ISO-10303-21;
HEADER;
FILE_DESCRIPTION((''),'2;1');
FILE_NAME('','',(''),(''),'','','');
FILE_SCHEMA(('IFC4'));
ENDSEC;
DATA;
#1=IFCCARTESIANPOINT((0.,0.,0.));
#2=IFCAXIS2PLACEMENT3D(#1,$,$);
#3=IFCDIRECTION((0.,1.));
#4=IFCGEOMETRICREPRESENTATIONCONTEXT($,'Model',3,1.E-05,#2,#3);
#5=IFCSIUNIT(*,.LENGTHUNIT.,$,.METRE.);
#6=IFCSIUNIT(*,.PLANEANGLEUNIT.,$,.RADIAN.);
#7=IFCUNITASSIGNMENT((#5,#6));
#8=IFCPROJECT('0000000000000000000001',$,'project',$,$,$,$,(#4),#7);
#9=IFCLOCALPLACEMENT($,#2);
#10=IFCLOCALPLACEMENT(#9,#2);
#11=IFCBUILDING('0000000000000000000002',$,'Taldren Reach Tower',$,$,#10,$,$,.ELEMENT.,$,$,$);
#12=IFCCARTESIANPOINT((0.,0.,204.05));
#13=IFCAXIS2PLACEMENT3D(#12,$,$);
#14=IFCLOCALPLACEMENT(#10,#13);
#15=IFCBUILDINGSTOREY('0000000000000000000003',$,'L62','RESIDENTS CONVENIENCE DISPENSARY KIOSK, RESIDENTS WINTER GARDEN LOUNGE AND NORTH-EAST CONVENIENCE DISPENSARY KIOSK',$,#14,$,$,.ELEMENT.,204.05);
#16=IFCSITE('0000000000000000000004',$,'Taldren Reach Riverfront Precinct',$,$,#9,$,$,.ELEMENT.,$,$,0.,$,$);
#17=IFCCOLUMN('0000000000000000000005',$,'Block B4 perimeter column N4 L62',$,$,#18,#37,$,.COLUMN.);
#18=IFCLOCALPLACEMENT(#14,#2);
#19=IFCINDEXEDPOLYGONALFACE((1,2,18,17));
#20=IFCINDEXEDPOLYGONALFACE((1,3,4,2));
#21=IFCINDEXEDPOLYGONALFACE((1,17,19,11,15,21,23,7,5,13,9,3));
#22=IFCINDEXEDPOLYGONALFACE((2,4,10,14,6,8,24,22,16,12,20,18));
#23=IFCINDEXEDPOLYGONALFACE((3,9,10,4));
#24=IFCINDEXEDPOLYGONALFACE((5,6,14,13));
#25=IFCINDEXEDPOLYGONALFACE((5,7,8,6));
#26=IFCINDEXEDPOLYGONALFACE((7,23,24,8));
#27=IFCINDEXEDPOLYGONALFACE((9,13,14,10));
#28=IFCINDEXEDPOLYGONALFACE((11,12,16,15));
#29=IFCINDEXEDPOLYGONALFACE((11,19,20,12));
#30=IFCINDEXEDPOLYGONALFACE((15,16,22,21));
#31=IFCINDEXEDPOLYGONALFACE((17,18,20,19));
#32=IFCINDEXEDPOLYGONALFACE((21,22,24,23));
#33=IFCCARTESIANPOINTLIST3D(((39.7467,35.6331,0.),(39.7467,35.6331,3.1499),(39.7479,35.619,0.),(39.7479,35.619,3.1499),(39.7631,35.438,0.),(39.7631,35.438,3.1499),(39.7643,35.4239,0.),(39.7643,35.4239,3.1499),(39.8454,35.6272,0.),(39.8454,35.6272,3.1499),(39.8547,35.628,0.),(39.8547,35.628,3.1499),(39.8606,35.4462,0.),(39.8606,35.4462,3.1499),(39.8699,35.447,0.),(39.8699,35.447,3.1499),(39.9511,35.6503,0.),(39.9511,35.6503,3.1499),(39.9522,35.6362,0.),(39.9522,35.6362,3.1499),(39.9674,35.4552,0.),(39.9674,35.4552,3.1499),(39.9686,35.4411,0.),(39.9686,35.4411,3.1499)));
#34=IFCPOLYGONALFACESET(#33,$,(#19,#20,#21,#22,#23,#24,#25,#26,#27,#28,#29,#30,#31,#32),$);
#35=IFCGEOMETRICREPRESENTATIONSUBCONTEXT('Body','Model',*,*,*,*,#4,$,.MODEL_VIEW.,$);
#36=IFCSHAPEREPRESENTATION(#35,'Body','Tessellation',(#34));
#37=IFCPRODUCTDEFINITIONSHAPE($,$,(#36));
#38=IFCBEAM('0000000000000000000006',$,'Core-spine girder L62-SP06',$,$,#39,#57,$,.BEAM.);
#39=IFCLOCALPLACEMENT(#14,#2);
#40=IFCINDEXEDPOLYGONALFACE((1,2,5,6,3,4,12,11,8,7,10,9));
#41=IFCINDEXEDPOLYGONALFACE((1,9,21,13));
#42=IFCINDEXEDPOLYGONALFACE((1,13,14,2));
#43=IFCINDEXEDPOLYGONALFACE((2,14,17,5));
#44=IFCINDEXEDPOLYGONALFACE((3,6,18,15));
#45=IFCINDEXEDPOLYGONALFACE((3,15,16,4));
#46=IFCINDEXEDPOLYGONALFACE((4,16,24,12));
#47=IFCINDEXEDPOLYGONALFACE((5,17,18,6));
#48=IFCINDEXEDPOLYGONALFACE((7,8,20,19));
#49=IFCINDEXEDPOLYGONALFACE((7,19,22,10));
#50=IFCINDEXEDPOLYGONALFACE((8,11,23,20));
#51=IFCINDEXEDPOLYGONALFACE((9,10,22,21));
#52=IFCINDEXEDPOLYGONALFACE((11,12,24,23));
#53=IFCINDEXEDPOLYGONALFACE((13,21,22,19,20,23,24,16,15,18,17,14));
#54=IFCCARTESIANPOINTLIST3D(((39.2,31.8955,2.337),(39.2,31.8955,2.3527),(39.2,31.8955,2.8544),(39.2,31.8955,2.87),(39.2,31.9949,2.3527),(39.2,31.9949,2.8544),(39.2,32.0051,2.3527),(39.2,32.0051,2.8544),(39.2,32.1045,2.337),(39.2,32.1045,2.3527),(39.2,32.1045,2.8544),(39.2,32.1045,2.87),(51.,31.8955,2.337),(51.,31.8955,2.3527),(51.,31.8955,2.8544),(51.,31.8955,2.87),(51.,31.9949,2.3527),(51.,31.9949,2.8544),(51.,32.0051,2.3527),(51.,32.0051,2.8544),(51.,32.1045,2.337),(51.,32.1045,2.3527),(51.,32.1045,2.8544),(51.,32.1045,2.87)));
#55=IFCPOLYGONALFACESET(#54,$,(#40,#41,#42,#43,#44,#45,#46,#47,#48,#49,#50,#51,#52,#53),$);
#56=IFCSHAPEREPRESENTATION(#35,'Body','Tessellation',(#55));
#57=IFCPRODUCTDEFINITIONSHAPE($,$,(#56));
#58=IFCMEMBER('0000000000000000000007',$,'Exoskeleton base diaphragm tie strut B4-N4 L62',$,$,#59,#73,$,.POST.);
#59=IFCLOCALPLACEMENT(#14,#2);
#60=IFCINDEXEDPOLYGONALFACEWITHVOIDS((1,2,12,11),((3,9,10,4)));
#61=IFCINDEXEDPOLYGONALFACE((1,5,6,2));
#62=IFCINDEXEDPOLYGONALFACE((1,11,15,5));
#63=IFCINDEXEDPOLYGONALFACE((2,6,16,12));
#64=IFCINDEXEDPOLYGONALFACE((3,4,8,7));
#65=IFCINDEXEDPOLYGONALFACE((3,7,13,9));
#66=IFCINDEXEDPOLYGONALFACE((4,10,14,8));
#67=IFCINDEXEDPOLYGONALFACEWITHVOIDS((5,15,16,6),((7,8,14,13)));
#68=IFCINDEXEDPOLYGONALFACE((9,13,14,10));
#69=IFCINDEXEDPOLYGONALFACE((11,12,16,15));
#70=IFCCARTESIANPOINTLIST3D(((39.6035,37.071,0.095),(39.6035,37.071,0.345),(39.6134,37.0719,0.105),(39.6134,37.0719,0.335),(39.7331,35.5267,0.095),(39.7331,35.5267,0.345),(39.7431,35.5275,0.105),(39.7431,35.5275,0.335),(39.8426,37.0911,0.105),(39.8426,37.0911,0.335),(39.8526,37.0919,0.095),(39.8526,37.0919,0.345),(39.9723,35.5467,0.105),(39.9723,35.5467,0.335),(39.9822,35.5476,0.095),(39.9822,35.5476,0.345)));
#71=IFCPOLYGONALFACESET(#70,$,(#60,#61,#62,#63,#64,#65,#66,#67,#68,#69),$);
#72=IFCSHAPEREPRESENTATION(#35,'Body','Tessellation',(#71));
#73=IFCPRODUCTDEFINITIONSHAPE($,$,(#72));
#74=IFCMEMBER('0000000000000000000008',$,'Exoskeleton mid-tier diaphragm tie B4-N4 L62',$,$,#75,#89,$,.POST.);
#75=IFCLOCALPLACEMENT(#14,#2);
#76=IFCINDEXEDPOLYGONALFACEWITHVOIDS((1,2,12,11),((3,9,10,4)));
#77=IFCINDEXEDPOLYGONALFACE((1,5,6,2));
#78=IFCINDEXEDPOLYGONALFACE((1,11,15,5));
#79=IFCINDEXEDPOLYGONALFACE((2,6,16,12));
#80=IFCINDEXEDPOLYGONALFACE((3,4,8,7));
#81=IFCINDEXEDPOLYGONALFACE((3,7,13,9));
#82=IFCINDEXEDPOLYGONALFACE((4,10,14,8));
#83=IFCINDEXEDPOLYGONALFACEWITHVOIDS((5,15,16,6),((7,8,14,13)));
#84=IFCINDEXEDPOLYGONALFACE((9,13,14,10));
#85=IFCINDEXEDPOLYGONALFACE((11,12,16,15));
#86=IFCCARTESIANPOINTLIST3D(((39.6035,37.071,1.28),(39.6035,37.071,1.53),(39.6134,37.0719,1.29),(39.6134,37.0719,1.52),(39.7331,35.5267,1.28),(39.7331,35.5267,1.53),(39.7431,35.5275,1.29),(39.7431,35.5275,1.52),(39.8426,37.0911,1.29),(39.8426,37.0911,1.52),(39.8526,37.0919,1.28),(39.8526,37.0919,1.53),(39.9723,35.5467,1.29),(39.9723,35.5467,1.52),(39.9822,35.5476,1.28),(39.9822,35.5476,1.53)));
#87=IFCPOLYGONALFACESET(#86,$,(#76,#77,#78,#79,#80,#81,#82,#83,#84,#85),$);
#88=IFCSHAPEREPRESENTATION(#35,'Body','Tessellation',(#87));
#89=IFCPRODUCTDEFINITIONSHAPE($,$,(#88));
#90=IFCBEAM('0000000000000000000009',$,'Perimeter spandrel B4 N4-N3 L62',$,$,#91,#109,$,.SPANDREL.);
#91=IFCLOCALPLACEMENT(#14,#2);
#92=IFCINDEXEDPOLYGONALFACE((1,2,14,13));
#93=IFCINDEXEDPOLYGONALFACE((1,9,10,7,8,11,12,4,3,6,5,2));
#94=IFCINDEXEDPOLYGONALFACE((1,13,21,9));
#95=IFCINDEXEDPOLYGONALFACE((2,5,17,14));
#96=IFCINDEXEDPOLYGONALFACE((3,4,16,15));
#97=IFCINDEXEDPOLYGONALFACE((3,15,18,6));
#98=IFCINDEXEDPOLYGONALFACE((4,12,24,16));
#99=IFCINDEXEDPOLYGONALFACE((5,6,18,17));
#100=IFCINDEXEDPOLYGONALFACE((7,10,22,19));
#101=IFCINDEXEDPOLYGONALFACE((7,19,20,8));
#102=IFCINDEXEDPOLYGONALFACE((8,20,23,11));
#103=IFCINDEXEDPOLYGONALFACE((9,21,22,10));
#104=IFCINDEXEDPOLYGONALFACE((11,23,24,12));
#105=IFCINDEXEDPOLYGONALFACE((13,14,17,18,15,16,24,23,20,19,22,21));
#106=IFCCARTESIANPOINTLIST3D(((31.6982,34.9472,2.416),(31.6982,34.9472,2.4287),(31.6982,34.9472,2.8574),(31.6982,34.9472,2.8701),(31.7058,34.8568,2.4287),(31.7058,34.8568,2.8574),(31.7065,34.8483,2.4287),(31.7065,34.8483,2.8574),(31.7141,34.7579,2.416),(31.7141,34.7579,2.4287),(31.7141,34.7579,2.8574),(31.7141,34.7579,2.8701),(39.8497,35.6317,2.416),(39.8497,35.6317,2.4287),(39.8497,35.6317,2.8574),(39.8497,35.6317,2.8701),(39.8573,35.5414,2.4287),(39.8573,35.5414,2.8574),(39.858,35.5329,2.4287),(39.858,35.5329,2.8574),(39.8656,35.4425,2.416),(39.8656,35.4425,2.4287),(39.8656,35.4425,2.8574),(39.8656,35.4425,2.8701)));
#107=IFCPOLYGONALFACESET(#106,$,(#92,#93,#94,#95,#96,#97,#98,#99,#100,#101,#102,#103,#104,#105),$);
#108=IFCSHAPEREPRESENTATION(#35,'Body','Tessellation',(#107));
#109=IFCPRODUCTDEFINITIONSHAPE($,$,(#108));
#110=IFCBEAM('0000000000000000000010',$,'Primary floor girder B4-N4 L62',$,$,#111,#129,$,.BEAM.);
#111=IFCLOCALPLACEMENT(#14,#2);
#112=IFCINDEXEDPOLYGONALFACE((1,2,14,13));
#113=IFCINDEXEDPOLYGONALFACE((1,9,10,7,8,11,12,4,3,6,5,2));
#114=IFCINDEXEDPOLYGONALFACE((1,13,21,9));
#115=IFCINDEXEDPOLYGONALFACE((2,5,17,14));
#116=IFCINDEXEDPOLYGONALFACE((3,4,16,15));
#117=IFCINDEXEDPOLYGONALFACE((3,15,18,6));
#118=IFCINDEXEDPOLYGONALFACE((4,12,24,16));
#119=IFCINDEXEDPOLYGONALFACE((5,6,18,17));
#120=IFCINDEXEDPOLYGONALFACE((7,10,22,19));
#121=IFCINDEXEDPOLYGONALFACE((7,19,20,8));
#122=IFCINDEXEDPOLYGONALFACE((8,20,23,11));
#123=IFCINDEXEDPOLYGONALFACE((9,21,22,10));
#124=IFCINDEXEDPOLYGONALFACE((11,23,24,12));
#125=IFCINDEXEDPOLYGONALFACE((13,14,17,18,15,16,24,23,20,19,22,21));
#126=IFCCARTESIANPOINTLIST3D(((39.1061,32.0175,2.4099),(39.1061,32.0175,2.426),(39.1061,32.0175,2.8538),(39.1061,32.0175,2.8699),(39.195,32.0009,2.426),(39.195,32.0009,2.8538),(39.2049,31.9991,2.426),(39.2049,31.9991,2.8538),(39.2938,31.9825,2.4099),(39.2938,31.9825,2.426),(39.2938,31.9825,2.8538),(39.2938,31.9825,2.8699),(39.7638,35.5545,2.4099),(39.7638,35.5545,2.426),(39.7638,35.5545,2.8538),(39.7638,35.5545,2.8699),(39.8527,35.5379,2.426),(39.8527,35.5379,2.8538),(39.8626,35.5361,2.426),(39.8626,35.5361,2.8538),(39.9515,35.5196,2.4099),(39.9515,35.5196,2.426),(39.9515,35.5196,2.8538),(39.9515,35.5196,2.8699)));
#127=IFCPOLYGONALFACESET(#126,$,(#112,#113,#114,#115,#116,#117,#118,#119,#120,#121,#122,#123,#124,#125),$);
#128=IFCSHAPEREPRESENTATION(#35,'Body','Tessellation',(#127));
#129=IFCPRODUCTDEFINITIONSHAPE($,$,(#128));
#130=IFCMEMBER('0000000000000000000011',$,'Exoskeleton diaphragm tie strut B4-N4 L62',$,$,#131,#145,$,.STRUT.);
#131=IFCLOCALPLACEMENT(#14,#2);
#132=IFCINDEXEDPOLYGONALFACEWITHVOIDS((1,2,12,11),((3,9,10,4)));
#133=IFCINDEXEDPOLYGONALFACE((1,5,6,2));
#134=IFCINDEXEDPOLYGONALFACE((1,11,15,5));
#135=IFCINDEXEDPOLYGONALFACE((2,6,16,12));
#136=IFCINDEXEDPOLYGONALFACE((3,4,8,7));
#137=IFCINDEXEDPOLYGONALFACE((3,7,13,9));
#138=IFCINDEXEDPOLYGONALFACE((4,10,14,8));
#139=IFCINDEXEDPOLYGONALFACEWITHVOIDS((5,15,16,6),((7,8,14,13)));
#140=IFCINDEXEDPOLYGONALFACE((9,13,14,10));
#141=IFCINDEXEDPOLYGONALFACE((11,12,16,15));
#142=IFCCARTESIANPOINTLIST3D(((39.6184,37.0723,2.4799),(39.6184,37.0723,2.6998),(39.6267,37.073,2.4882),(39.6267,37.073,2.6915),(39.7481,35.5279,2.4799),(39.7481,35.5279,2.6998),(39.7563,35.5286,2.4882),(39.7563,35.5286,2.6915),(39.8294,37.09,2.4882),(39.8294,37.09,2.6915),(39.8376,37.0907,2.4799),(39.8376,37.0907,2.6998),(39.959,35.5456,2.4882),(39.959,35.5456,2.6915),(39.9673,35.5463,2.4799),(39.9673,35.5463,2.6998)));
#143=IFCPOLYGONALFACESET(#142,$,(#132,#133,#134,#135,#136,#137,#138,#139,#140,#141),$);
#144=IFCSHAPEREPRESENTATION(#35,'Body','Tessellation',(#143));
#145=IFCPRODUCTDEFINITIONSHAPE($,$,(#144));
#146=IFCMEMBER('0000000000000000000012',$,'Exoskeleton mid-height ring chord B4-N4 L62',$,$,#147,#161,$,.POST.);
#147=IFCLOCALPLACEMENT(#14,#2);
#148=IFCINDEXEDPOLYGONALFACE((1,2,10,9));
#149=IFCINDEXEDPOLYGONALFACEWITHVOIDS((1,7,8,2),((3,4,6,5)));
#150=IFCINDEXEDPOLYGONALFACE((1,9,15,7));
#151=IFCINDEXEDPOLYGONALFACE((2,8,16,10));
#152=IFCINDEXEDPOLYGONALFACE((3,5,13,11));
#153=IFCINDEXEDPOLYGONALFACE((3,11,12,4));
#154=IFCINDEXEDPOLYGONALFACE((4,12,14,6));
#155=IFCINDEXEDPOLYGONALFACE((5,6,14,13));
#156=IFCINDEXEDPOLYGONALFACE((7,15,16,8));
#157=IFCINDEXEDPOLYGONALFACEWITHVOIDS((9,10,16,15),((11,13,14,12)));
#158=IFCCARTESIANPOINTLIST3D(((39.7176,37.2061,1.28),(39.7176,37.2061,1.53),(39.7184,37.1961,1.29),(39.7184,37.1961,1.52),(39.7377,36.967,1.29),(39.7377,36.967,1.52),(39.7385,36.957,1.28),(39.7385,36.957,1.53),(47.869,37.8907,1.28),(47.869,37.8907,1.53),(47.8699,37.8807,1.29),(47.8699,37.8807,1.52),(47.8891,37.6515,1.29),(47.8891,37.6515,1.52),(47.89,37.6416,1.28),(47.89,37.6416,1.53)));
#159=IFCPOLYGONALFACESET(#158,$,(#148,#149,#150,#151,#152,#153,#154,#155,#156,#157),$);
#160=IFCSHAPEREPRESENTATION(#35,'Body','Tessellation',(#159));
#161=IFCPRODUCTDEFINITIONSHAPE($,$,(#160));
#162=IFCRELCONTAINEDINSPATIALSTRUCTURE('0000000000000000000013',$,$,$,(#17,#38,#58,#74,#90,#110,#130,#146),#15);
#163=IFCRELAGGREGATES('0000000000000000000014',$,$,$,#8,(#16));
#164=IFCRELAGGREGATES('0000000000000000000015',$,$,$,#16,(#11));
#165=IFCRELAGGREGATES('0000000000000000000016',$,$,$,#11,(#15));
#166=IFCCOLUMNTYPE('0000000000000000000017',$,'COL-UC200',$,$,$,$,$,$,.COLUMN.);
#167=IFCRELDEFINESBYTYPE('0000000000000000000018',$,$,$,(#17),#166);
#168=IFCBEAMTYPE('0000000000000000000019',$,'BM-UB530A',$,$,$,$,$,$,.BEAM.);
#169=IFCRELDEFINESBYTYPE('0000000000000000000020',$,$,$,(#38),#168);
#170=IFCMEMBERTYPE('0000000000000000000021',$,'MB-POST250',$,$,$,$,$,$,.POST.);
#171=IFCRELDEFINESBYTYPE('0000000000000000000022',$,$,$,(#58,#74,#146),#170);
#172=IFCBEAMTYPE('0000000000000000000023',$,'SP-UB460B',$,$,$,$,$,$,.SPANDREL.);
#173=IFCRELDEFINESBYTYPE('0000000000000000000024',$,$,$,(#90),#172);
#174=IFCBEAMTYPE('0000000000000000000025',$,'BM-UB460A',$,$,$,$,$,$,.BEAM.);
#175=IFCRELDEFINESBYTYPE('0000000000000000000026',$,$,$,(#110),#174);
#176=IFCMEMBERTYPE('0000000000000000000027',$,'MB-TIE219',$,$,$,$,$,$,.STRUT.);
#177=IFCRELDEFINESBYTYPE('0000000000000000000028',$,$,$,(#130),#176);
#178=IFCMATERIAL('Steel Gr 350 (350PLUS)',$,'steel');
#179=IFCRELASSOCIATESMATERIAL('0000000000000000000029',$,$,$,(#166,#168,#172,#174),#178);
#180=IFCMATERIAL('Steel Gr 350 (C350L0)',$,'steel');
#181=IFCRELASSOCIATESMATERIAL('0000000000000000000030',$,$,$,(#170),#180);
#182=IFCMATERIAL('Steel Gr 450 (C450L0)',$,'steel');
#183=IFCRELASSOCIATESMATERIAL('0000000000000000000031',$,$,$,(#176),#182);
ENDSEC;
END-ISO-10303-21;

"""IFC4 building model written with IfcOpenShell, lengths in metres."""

from ifc_helpers import new_model, si_unit, direction, frame, origin, origin_2d, place, context, subcontext, project, spatial, hollow_rectangle, i_section, extrude, source, transform, mapped, material, material_profile, profile_set, type_object, element, save


model = new_model("IFC4")

# Units and contexts
model_context = context("Model", 3, precision=1e-05, world=origin(), true_north=direction((0.0, 1.0)))
body_context = subcontext(model_context, "Body", "Model", "MODEL_VIEW")
ifc_project = project(units=[si_unit("LENGTHUNIT", "METRE"), si_unit("PLANEANGLEUNIT", "RADIAN")], contexts=[model_context])

# Site, building, storey
site_placement = place(None, origin())
site = spatial("IfcSite", under=ifc_project, at=site_placement, Name="Taldren Reach Riverfront Precinct", CompositionType="ELEMENT", RefElevation=0.0)
building_placement = place(site_placement, origin())
building = spatial("IfcBuilding", under=site, at=building_placement, Name="Taldren Reach Tower", CompositionType="ELEMENT")
storey_placement = place(building_placement, frame((0.0, 0.0, 204.05)))
storey = spatial("IfcBuildingStorey", under=building, at=storey_placement, Name="L62", Description="RESIDENTS CONVENIENCE DISPENSARY KIOSK, RESIDENTS WINTER GARDEN LOUNGE AND NORTH-EAST CONVENIENCE DISPENSARY KIOSK", CompositionType="ELEMENT", Elevation=204.05)

# Column
ifc_material_1 = material(Name="Steel Gr 350 (350PLUS)", Category="steel")
ifc_material_profile_1 = material_profile(ifc_material_1, i_section(OverallWidth=0.2051, OverallDepth=0.21, WebThickness=0.0093, FlangeThickness=0.0142, at=origin_2d()), Name="200UC59.5")
ifc_profile_set_1 = profile_set([ifc_material_profile_1], Name="Steel Gr 350 (350PLUS)")
column_type = type_object("IfcColumnType", Name="COL-UC200", PredefinedType="COLUMN", material=ifc_profile_set_1)
shared_shape_1 = source(origin(), body_context, "Body", "SweptSolid", [
    extrude(i_section(OverallWidth=0.2051, OverallDepth=0.21, WebThickness=0.0093, FlangeThickness=0.0142, at=origin_2d()), origin(), (0.0, 0.0, 1.0), 3.1499),
])
column_placement = place(storey_placement, frame((39.8577, 35.5371, 0.0), z_axis=(0.0, 0.0, 1.0), x_axis=(0.996493, 0.083678, 0.0)))
element("IfcColumn", 1, at=column_placement, inside=storey, type_object=column_type, Name="Block B4 perimeter column N4 L62", PredefinedType="COLUMN", context=body_context, shape_type="MappedRepresentation", body=[
    mapped(shared_shape_1, transform((0.0, 0.0, 0.0), scale=1.0)),
])

# Beam
ifc_material_profile_2 = material_profile(ifc_material_1, i_section(OverallWidth=0.209, OverallDepth=0.533, WebThickness=0.0103, FlangeThickness=0.0156, at=origin_2d()), Name="530UB92.4")
ifc_profile_set_2 = profile_set([ifc_material_profile_2], Name="Steel Gr 350 (350PLUS)")
beam_type_1 = type_object("IfcBeamType", Name="BM-UB530A", PredefinedType="BEAM", material=ifc_profile_set_2)
shared_shape_2 = source(origin(), body_context, "Body", "SweptSolid", [
    extrude(i_section(OverallWidth=0.209, OverallDepth=0.533, WebThickness=0.0103, FlangeThickness=0.0156, at=origin_2d()), origin(), (0.0, 0.0, 1.0), 11.8),
])
beam_1_placement = place(storey_placement, frame((39.2, 32.0, 2.6035), z_axis=(1.0, 0.0, 0.0), x_axis=(0.0, 1.0, 0.0)))
element("IfcBeam", 2, at=beam_1_placement, inside=storey, type_object=beam_type_1, Name="Core-spine girder L62-SP06", PredefinedType="BEAM", context=body_context, shape_type="MappedRepresentation", body=[
    mapped(shared_shape_2, transform((0.0, 0.0, 0.0), scale=1.0)),
])

# Members
ifc_material_2 = material(Name="Steel Gr 350 (C350L0)", Category="steel")
ifc_material_profile_3 = material_profile(ifc_material_2, hollow_rectangle(XDim=0.25, YDim=0.25, WallThickness=0.01, at=origin_2d()), Name="250x250x10.0SHS")
ifc_profile_set_3 = profile_set([ifc_material_profile_3], Name="Steel Gr 350 (C350L0)")
member_type_1 = type_object("IfcMemberType", Name="MB-POST250", PredefinedType="POST", material=ifc_profile_set_3)
shared_shape_3 = source(origin(), body_context, "Body", "SweptSolid", [
    extrude(hollow_rectangle(XDim=0.25, YDim=0.25, WallThickness=0.01, at=origin_2d()), origin(), (0.0, 0.0, 1.0), 1.5498),
])
for number, where, z_axis, x_axis, name in (
    (3, (39.8577, 35.5371, 0.22), (-0.083645, 0.996496, 0.0), (-0.996496, -0.083645, 0.0), "Exoskeleton base diaphragm tie strut B4-N4 L62"),
    (4, (39.8577, 35.5371, 1.405), (-0.083645, 0.996496, 0.0), (-0.996496, -0.083645, 0.0), "Exoskeleton mid-tier diaphragm tie B4-N4 L62"),
):
    element("IfcMember", number, at=place(storey_placement, frame(where, z_axis=z_axis, x_axis=x_axis)), inside=storey, type_object=member_type_1, Name=name, PredefinedType="POST", context=body_context, shape_type="MappedRepresentation", body=[
        mapped(shared_shape_3, transform((0.0, 0.0, 0.0), scale=1.0)),
    ])

# Beams
ifc_material_profile_4 = material_profile(ifc_material_1, i_section(OverallWidth=0.1899, OverallDepth=0.4541, WebThickness=0.0085, FlangeThickness=0.0127, at=origin_2d()), Name="460UB67.1")
ifc_profile_set_4 = profile_set([ifc_material_profile_4], Name="Steel Gr 350 (350PLUS)")
beam_type_2 = type_object("IfcBeamType", Name="SP-UB460B", PredefinedType="SPANDREL", material=ifc_profile_set_4)
shared_shape_4 = source(origin(), body_context, "Body", "SweptSolid", [
    extrude(i_section(OverallWidth=0.1899, OverallDepth=0.4541, WebThickness=0.0085, FlangeThickness=0.0127, at=origin_2d()), origin(), (0.0, 0.0, 1.0), 8.1802),
])
beam_2_placement = place(storey_placement, frame((39.8577, 35.5371, 2.6431), z_axis=(-0.996492, -0.083688, 0.0), x_axis=(0.083688, -0.996492, 0.0)))
element("IfcBeam", 5, at=beam_2_placement, inside=storey, type_object=beam_type_2, Name="Perimeter spandrel B4 N4-N3 L62", PredefinedType="SPANDREL", context=body_context, shape_type="MappedRepresentation", body=[
    mapped(shared_shape_4, transform((0.0, 0.0, 0.0), scale=1.0)),
])
ifc_material_profile_5 = material_profile(ifc_material_1, i_section(OverallWidth=0.1909, OverallDepth=0.46, WebThickness=0.01, FlangeThickness=0.0161, at=origin_2d()), Name="460UB82.1")
ifc_profile_set_5 = profile_set([ifc_material_profile_5], Name="Steel Gr 350 (350PLUS)")
beam_type_3 = type_object("IfcBeamType", Name="BM-UB460A", PredefinedType="BEAM", material=ifc_profile_set_5)
shared_shape_5 = source(origin(), body_context, "Body", "SweptSolid", [
    extrude(i_section(OverallWidth=0.1909, OverallDepth=0.46, WebThickness=0.01, FlangeThickness=0.0161, at=origin_2d()), origin(), (0.0, 0.0, 1.0), 3.5977),
])
beam_3_placement = place(storey_placement, frame((39.2, 32.0, 2.6399), z_axis=(0.182813, 0.983148, 0.0), x_axis=(-0.983148, 0.182813, 0.0)))
element("IfcBeam", 6, at=beam_3_placement, inside=storey, type_object=beam_type_3, Name="Primary floor girder B4-N4 L62", PredefinedType="BEAM", context=body_context, shape_type="MappedRepresentation", body=[
    mapped(shared_shape_5, transform((0.0, 0.0, 0.0), scale=1.0)),
])

# Members
ifc_material_3 = material(Name="Steel Gr 450 (C450L0)", Category="steel")
ifc_material_profile_6 = material_profile(ifc_material_3, hollow_rectangle(XDim=0.22, YDim=0.22, WallThickness=0.0083, at=origin_2d()), Name="220x220x8.2SHS")
ifc_profile_set_6 = profile_set([ifc_material_profile_6], Name="Steel Gr 450 (C450L0)")
member_type_2 = type_object("IfcMemberType", Name="MB-TIE219", PredefinedType="STRUT", material=ifc_profile_set_6)
shared_shape_6 = source(origin(), body_context, "Body", "SweptSolid", [
    extrude(hollow_rectangle(XDim=0.22, YDim=0.22, WallThickness=0.0083, at=origin_2d()), origin(), (0.0, 0.0, 1.0), 1.5498),
])
member_1_placement = place(storey_placement, frame((39.8577, 35.5371, 2.5898), z_axis=(-0.083645, 0.996496, 0.0), x_axis=(-0.996496, -0.083645, 0.0)))
element("IfcMember", 7, at=member_1_placement, inside=storey, type_object=member_type_2, Name="Exoskeleton diaphragm tie strut B4-N4 L62", PredefinedType="STRUT", context=body_context, shape_type="MappedRepresentation", body=[
    mapped(shared_shape_6, transform((0.0, 0.0, 0.0), scale=1.0)),
])
shared_shape_7 = source(origin(), body_context, "Body", "SweptSolid", [
    extrude(hollow_rectangle(XDim=0.25, YDim=0.25, WallThickness=0.01, at=origin_2d()), origin(), (0.0, 0.0, 1.0), 8.1802),
])
member_2_placement = place(storey_placement, frame((39.728, 37.0815, 1.405), z_axis=(0.996492, 0.083688, 0.0), x_axis=(-0.083688, 0.996492, 0.0)))
element("IfcMember", 8, at=member_2_placement, inside=storey, type_object=member_type_1, Name="Exoskeleton mid-height ring chord B4-N4 L62", PredefinedType="POST", context=body_context, shape_type="MappedRepresentation", body=[
    mapped(shared_shape_7, transform((0.0, 0.0, 0.0), scale=1.0)),
])

save(model, "model.ifc")
